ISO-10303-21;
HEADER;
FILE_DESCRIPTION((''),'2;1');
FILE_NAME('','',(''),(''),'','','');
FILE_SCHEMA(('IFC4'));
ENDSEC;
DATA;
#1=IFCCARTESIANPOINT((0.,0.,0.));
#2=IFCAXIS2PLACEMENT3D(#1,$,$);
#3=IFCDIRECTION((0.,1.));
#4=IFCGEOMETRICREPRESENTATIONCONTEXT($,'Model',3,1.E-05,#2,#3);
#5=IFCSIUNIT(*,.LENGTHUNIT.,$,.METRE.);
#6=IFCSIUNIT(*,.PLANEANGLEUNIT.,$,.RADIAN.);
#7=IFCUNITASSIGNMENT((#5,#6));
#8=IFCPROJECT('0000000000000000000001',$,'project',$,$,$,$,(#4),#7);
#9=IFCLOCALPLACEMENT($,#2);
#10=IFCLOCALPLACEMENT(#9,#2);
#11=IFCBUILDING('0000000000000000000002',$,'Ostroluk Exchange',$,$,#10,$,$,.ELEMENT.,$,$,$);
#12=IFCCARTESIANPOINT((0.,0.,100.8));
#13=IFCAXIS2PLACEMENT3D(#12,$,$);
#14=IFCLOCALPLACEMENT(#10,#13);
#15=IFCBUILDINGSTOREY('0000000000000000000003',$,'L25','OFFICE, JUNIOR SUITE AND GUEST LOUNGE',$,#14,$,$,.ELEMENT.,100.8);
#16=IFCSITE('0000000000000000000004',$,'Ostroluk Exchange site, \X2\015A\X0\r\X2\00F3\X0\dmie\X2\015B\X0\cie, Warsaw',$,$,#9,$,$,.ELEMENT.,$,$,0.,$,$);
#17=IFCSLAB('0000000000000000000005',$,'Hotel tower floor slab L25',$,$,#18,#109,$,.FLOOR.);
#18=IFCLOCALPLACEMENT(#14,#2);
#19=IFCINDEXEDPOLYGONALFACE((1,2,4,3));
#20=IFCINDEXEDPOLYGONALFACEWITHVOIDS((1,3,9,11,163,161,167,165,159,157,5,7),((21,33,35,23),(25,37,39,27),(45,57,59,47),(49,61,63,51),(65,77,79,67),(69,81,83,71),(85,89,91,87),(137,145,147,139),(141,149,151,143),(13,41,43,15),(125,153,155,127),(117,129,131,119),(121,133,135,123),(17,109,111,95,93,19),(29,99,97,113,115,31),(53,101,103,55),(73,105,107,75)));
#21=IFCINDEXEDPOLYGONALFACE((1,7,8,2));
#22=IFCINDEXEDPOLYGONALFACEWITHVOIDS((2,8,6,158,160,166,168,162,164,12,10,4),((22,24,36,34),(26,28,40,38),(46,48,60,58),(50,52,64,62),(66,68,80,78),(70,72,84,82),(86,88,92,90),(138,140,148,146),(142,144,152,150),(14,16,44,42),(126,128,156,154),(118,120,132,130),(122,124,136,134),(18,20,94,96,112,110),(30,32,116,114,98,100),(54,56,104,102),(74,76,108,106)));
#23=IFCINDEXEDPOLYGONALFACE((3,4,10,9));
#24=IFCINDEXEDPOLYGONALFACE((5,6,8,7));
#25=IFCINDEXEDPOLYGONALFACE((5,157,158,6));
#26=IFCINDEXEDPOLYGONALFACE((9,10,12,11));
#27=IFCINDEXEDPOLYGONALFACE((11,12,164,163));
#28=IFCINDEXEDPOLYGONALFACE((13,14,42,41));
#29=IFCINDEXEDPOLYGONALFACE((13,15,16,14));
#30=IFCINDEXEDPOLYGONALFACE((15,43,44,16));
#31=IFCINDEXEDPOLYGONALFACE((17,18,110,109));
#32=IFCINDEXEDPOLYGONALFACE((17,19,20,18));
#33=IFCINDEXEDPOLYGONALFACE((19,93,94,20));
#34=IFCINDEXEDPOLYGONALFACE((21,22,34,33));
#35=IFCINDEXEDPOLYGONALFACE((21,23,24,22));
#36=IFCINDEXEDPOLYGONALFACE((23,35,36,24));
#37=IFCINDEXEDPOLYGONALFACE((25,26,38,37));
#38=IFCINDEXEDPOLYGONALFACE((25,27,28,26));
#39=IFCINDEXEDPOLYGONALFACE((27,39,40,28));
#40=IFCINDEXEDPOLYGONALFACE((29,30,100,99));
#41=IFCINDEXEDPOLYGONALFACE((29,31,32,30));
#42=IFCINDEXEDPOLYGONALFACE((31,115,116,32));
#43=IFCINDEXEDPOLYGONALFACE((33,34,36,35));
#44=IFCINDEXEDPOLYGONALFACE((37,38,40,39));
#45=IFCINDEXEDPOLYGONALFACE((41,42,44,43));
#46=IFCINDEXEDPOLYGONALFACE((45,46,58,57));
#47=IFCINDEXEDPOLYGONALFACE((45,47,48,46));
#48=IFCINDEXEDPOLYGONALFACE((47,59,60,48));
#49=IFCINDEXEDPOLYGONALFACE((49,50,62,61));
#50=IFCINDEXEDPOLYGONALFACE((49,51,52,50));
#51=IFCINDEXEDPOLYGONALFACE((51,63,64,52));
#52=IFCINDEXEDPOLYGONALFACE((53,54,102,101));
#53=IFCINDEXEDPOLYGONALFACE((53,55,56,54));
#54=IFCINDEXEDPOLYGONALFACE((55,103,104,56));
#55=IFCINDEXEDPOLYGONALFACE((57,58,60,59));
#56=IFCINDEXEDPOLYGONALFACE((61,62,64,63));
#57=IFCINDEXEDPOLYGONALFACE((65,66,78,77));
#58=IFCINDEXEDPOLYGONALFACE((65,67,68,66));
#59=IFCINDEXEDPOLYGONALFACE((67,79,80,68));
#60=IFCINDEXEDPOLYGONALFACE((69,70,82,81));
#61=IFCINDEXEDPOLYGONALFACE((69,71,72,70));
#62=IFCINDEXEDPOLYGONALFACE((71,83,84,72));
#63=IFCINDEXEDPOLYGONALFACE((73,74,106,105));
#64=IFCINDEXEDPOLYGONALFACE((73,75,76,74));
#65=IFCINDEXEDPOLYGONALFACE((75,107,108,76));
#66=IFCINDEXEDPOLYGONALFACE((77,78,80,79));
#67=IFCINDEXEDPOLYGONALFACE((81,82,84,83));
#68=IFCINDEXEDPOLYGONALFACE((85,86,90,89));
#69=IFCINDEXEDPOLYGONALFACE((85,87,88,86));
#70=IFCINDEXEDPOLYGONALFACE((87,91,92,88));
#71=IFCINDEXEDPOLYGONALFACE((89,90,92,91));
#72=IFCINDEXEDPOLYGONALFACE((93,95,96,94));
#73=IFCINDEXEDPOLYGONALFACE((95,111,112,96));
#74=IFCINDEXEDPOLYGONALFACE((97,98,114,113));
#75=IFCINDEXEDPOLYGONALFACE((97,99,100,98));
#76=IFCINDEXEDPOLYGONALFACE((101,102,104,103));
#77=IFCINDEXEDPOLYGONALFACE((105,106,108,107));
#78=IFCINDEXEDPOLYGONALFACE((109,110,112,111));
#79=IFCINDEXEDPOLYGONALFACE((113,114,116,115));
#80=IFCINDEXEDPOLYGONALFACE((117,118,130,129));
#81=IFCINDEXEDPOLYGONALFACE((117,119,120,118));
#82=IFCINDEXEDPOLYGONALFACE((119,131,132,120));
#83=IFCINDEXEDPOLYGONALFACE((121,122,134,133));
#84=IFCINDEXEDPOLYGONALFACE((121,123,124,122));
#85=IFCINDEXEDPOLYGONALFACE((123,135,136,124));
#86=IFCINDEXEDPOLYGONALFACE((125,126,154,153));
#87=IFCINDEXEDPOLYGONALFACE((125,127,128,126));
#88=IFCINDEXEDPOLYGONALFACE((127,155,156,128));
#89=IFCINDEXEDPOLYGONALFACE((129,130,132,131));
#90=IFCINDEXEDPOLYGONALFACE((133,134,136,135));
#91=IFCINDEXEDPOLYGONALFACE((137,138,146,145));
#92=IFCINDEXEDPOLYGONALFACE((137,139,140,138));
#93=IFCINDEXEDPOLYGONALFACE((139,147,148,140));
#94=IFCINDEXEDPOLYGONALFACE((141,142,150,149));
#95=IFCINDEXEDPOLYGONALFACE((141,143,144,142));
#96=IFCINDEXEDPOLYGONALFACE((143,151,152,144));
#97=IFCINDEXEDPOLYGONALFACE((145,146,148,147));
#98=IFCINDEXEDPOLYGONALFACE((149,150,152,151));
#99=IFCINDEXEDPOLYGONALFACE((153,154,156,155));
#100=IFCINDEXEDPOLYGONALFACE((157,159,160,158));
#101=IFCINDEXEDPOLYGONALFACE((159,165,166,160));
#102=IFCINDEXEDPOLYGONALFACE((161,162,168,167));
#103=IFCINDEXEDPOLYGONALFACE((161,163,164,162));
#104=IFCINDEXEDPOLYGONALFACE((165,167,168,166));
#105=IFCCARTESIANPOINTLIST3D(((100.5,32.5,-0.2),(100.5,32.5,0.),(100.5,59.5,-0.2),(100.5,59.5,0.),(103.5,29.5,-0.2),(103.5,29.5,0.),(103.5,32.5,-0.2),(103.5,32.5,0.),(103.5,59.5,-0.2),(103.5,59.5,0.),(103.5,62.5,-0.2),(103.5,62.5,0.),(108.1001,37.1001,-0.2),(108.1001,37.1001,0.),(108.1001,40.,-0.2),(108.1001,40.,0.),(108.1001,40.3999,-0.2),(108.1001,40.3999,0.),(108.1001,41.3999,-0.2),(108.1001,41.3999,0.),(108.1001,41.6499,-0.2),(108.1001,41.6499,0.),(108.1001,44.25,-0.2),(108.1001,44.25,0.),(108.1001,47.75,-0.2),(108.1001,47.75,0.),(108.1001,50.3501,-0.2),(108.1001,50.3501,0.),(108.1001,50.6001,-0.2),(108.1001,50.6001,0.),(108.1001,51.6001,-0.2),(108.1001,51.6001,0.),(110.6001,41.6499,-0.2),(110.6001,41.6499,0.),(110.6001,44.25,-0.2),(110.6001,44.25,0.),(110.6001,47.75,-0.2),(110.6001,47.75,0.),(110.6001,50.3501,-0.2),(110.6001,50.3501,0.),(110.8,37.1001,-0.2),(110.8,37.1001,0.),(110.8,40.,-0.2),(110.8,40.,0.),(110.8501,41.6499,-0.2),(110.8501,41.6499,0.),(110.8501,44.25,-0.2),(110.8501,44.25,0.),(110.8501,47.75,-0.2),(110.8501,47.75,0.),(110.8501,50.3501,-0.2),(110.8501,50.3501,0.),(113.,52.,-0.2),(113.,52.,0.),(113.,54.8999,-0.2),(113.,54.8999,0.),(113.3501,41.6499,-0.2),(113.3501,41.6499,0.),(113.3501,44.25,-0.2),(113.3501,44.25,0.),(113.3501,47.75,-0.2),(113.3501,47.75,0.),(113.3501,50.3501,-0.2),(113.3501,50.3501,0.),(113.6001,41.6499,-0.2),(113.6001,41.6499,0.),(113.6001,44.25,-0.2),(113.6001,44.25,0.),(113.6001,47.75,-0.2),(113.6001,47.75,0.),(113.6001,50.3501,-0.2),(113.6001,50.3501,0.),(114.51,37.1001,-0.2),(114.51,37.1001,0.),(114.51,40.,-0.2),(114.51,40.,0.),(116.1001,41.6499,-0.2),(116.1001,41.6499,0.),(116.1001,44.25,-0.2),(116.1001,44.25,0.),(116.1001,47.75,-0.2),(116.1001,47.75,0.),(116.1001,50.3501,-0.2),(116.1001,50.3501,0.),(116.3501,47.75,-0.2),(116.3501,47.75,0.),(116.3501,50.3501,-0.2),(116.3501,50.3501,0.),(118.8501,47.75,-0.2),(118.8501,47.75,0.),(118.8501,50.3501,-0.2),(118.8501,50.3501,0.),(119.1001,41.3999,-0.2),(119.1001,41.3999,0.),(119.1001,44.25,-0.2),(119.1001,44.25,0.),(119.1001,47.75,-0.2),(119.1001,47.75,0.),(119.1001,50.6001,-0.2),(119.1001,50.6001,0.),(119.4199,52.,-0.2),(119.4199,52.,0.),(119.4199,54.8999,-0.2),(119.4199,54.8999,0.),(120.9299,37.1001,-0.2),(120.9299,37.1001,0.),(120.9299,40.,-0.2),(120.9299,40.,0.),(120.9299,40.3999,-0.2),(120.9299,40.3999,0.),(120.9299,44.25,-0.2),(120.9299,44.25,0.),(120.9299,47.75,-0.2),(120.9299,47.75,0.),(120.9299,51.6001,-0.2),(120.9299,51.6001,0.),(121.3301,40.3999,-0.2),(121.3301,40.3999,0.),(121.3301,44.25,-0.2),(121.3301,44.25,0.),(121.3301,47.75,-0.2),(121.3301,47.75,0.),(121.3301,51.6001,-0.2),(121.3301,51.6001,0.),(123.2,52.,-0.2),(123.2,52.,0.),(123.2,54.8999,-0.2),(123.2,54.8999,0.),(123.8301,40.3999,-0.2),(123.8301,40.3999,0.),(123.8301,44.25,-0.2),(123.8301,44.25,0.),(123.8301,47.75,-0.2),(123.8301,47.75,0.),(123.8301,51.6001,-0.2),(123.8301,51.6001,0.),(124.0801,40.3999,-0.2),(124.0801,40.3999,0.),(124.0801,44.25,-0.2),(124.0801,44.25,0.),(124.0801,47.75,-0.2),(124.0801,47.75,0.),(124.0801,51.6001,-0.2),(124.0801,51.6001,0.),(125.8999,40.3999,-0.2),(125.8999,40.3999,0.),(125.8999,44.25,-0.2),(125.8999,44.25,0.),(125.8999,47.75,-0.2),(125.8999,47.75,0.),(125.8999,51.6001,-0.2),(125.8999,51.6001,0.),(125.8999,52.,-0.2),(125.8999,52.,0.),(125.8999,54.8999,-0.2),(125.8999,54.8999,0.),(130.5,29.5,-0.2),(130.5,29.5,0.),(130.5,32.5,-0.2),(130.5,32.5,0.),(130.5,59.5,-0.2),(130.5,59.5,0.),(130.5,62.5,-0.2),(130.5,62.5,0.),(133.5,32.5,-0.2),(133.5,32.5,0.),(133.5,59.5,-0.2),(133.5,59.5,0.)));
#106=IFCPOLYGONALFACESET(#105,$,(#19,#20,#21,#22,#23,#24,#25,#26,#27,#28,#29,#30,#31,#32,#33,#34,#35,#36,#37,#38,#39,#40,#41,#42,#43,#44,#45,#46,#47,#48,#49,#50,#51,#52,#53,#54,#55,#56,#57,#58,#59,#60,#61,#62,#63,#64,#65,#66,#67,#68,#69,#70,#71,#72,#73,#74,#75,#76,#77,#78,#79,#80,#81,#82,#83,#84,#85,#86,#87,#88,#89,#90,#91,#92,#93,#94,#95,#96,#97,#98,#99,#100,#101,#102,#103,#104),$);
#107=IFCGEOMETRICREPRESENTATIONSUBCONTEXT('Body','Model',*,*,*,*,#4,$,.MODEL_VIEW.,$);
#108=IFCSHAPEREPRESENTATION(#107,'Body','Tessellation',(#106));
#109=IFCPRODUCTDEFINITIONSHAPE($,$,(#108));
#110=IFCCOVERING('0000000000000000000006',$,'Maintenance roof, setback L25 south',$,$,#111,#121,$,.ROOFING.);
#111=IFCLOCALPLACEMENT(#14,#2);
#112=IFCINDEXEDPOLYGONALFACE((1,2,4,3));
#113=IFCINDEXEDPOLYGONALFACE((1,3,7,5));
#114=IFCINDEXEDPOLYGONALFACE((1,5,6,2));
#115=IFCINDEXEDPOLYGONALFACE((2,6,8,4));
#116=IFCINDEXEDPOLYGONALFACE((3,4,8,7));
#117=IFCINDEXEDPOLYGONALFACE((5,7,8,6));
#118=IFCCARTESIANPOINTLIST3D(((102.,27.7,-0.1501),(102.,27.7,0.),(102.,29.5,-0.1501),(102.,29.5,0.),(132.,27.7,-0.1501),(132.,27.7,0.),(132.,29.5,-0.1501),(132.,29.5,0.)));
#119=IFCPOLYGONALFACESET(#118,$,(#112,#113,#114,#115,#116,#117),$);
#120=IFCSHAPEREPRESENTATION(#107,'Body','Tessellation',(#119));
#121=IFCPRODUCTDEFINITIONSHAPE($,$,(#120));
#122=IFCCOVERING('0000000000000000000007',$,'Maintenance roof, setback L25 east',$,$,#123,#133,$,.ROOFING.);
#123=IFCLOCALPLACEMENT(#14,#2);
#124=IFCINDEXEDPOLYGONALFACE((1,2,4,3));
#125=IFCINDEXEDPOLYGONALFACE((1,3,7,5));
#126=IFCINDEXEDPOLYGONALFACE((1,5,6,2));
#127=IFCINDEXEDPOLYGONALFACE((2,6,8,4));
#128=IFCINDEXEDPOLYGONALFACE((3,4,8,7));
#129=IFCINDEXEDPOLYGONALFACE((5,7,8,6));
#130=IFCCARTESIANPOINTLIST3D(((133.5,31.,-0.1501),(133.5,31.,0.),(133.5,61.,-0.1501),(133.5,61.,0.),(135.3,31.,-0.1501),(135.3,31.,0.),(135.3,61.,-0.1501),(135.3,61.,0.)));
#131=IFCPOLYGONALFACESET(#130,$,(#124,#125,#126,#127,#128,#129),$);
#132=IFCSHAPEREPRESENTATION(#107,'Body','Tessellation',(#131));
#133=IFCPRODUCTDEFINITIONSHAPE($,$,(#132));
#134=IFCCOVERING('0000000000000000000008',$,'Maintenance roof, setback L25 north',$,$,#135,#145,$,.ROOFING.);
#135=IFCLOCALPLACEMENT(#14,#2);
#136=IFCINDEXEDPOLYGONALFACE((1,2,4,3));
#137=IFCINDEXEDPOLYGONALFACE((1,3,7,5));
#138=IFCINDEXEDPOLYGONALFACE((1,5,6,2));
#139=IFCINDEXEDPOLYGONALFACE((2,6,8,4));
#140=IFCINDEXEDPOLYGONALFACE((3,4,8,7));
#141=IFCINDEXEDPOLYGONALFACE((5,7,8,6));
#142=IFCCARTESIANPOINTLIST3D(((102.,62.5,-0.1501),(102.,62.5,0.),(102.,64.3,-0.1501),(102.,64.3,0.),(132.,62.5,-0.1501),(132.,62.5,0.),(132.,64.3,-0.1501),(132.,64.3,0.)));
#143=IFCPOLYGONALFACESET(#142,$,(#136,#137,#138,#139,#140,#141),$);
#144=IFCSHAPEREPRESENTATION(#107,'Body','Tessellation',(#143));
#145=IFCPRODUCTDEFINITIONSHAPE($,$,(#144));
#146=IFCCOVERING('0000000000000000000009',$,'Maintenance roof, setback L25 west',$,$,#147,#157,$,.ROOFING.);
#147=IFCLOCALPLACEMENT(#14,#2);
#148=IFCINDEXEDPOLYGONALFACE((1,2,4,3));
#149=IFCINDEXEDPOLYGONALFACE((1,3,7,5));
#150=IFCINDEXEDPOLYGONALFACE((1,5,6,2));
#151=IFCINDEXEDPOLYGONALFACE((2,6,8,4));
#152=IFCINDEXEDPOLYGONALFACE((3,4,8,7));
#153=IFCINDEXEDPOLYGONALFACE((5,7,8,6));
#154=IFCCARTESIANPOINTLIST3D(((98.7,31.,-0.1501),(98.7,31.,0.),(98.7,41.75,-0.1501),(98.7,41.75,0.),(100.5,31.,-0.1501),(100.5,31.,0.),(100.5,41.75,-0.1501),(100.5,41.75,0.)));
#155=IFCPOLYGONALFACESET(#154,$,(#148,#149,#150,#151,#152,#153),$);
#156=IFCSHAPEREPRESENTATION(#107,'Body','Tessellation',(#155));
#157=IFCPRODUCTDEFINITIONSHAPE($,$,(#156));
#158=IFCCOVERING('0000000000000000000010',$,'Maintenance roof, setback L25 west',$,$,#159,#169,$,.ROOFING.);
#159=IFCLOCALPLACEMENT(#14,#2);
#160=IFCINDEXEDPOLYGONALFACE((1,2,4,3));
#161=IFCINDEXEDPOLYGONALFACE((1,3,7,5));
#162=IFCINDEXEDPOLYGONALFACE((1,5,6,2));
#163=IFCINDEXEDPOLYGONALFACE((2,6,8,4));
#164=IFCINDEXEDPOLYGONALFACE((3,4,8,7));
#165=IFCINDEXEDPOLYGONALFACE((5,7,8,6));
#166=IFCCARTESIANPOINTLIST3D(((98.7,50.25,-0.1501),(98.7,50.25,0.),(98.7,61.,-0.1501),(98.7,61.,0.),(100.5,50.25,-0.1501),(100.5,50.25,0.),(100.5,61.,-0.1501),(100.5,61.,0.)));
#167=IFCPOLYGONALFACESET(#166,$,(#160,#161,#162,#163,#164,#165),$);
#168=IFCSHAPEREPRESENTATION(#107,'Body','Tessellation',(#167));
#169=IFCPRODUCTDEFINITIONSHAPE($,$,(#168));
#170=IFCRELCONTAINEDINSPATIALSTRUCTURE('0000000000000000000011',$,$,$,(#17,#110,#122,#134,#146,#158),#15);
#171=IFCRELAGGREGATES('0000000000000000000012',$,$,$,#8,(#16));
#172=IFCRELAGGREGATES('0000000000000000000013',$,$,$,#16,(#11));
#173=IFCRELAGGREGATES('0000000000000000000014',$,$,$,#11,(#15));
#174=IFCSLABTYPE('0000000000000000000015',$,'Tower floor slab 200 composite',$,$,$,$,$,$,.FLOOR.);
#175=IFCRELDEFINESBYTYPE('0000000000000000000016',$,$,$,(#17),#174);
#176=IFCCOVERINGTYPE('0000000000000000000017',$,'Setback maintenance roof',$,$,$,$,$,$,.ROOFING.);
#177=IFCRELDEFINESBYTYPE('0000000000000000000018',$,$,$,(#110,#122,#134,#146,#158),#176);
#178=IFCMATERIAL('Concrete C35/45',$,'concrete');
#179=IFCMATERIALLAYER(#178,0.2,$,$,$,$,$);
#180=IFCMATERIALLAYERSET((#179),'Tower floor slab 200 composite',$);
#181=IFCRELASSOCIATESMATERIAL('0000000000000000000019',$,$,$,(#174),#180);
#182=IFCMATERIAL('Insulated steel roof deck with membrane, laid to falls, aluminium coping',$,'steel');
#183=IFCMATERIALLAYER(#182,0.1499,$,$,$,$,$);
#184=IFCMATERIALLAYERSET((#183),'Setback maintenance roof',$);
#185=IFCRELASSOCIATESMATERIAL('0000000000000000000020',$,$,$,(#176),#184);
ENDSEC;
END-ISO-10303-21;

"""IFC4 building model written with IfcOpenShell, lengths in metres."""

from ifc_helpers import new_model, si_unit, direction, frame, origin, place, context, subcontext, project, spatial, polyline, outline, extrude, material, layer, layer_set, type_object, element, save


model = new_model("IFC4")

# Units and contexts
model_context = context("Model", 3, precision=1e-05, world=origin(), true_north=direction((0.0, 1.0)))
body_context = subcontext(model_context, "Body", "Model", "MODEL_VIEW")
ifc_project = project(units=[si_unit("LENGTHUNIT", "METRE"), si_unit("PLANEANGLEUNIT", "RADIAN")], contexts=[model_context])

# Site, building, storey
site_placement = place(None, origin())
site = spatial("IfcSite", under=ifc_project, at=site_placement, Name="Ostroluk Exchange site, Śródmieście, Warsaw", CompositionType="ELEMENT", RefElevation=0.0)
building_placement = place(site_placement, origin())
building = spatial("IfcBuilding", under=site, at=building_placement, Name="Ostroluk Exchange", CompositionType="ELEMENT")
storey_placement = place(building_placement, frame((0.0, 0.0, 100.8)))
storey = spatial("IfcBuildingStorey", under=building, at=storey_placement, Name="L25", Description="OFFICE, JUNIOR SUITE AND GUEST LOUNGE", CompositionType="ELEMENT", Elevation=100.8)

# Slab
ifc_material_1 = material(Name="Concrete C35/45", Category="concrete")
ifc_layer_1 = layer(ifc_material_1, 0.2)
ifc_layer_set_1 = layer_set([ifc_layer_1], Name="Tower floor slab 200 composite")
slab_type_1 = type_object("IfcSlabType", Name="Tower floor slab 200 composite", PredefinedType="FLOOR", material=ifc_layer_set_1)
slab_1_placement = place(storey_placement, frame((0.0, 0.0, -0.2)))
element("IfcSlab", 1, at=slab_1_placement, inside=storey, type_object=slab_type_1, Name="Hotel tower floor slab L25", PredefinedType="FLOOR", context=body_context, shape_type="SweptSolid", body=[
    extrude(outline(polyline([(103.5, 29.5), (130.5, 29.5), (130.5, 32.5), (133.5, 32.5), (133.5, 59.5), (130.5, 59.5), (130.5, 62.5), (103.5, 62.5), (103.5, 59.5), (100.5, 59.5), (100.5, 32.5), (103.5, 32.5), (103.5, 29.5)]), holes=[polyline([(108.1001, 37.1001), (110.8, 37.1001), (110.8, 40.0), (108.1001, 40.0), (108.1001, 37.1001)]), polyline([(114.51, 37.1001), (120.9299, 37.1001), (120.9299, 40.0), (114.51, 40.0), (114.51, 37.1001)]), polyline([(113.0, 52.0), (119.4199, 52.0), (119.4199, 54.8999), (113.0, 54.8999), (113.0, 52.0)]), polyline([(123.2, 52.0), (125.8999, 52.0), (125.8999, 54.8999), (123.2, 54.8999), (123.2, 52.0)]), polyline([(108.1001, 47.75), (110.6001, 47.75), (110.6001, 50.3501), (108.1001, 50.3501), (108.1001, 47.75)]), polyline([(110.8501, 47.75), (113.3501, 47.75), (113.3501, 50.3501), (110.8501, 50.3501), (110.8501, 47.75)]), polyline([(113.6001, 47.75), (116.1001, 47.75), (116.1001, 50.3501), (113.6001, 50.3501), (113.6001, 47.75)]), polyline([(116.3501, 47.75), (118.8501, 47.75), (118.8501, 50.3501), (116.3501, 50.3501), (116.3501, 47.75)]), polyline([(108.1001, 41.6499), (110.6001, 41.6499), (110.6001, 44.25), (108.1001, 44.25), (108.1001, 41.6499)]), polyline([(110.8501, 41.6499), (113.3501, 41.6499), (113.3501, 44.25), (110.8501, 44.25), (110.8501, 41.6499)]), polyline([(113.6001, 41.6499), (116.1001, 41.6499), (116.1001, 44.25), (113.6001, 44.25), (113.6001, 41.6499)]), polyline([(121.3301, 47.75), (123.8301, 47.75), (123.8301, 51.6001), (121.3301, 51.6001), (121.3301, 47.75)]), polyline([(121.3301, 40.3999), (123.8301, 40.3999), (123.8301, 44.25), (121.3301, 44.25), (121.3301, 40.3999)]), polyline([(120.9299, 51.6001), (120.9299, 47.75), (119.1001, 47.75), (119.1001, 50.6001), (108.1001, 50.6001), (108.1001, 51.6001), (120.9299, 51.6001)]), polyline([(108.1001, 40.3999), (108.1001, 41.3999), (119.1001, 41.3999), (119.1001, 44.25), (120.9299, 44.25), (120.9299, 40.3999), (108.1001, 40.3999)]), polyline([(124.0801, 47.75), (125.8999, 47.75), (125.8999, 51.6001), (124.0801, 51.6001), (124.0801, 47.75)]), polyline([(124.0801, 40.3999), (125.8999, 40.3999), (125.8999, 44.25), (124.0801, 44.25), (124.0801, 40.3999)])]), origin(), (0.0, 0.0, 1.0), 0.2),
])

# Coverings
ifc_material_2 = material(Name="Insulated steel roof deck with membrane, laid to falls, aluminium coping", Category="steel")
ifc_layer_2 = layer(ifc_material_2, 0.1499)
ifc_layer_set_2 = layer_set([ifc_layer_2], Name="Setback maintenance roof")
covering_type = type_object("IfcCoveringType", Name="Setback maintenance roof", PredefinedType="ROOFING", material=ifc_layer_set_2)
covering_1_placement = place(storey_placement, frame((0.0, 0.0, -0.1501)))
element("IfcCovering", 2, at=covering_1_placement, inside=storey, type_object=covering_type, Name="Maintenance roof, setback L25 south", PredefinedType="ROOFING", context=body_context, shape_type="SweptSolid", body=[
    extrude(outline(polyline([(102.0, 29.5), (132.0, 29.5), (132.0, 27.7), (102.0, 27.7), (102.0, 29.5)])), origin(), (0.0, 0.0, 1.0), 0.1501),
])
covering_2_placement = place(storey_placement, frame((0.0, 0.0, -0.1501)))
element("IfcCovering", 3, at=covering_2_placement, inside=storey, type_object=covering_type, Name="Maintenance roof, setback L25 east", PredefinedType="ROOFING", context=body_context, shape_type="SweptSolid", body=[
    extrude(outline(polyline([(133.5, 61.0), (135.3, 61.0), (135.3, 31.0), (133.5, 31.0), (133.5, 61.0)])), origin(), (0.0, 0.0, 1.0), 0.1501),
])
covering_3_placement = place(storey_placement, frame((0.0, 0.0, -0.1501)))
element("IfcCovering", 4, at=covering_3_placement, inside=storey, type_object=covering_type, Name="Maintenance roof, setback L25 north", PredefinedType="ROOFING", context=body_context, shape_type="SweptSolid", body=[
    extrude(outline(polyline([(102.0, 64.3), (132.0, 64.3), (132.0, 62.5), (102.0, 62.5), (102.0, 64.3)])), origin(), (0.0, 0.0, 1.0), 0.1501),
])
covering_4_placement = place(storey_placement, frame((0.0, 0.0, -0.1501)))
element("IfcCovering", 5, at=covering_4_placement, inside=storey, type_object=covering_type, Name="Maintenance roof, setback L25 west", PredefinedType="ROOFING", context=body_context, shape_type="SweptSolid", body=[
    extrude(outline(polyline([(98.7, 41.75), (100.5, 41.75), (100.5, 31.0), (98.7, 31.0), (98.7, 41.75)])), origin(), (0.0, 0.0, 1.0), 0.1501),
])
covering_5_placement = place(storey_placement, frame((0.0, 0.0, -0.1501)))
element("IfcCovering", 6, at=covering_5_placement, inside=storey, type_object=covering_type, Name="Maintenance roof, setback L25 west", PredefinedType="ROOFING", context=body_context, shape_type="SweptSolid", body=[
    extrude(outline(polyline([(98.7, 61.0), (100.5, 61.0), (100.5, 50.25), (98.7, 50.25), (98.7, 61.0)])), origin(), (0.0, 0.0, 1.0), 0.1501),
])

save(model, "model.ifc")
